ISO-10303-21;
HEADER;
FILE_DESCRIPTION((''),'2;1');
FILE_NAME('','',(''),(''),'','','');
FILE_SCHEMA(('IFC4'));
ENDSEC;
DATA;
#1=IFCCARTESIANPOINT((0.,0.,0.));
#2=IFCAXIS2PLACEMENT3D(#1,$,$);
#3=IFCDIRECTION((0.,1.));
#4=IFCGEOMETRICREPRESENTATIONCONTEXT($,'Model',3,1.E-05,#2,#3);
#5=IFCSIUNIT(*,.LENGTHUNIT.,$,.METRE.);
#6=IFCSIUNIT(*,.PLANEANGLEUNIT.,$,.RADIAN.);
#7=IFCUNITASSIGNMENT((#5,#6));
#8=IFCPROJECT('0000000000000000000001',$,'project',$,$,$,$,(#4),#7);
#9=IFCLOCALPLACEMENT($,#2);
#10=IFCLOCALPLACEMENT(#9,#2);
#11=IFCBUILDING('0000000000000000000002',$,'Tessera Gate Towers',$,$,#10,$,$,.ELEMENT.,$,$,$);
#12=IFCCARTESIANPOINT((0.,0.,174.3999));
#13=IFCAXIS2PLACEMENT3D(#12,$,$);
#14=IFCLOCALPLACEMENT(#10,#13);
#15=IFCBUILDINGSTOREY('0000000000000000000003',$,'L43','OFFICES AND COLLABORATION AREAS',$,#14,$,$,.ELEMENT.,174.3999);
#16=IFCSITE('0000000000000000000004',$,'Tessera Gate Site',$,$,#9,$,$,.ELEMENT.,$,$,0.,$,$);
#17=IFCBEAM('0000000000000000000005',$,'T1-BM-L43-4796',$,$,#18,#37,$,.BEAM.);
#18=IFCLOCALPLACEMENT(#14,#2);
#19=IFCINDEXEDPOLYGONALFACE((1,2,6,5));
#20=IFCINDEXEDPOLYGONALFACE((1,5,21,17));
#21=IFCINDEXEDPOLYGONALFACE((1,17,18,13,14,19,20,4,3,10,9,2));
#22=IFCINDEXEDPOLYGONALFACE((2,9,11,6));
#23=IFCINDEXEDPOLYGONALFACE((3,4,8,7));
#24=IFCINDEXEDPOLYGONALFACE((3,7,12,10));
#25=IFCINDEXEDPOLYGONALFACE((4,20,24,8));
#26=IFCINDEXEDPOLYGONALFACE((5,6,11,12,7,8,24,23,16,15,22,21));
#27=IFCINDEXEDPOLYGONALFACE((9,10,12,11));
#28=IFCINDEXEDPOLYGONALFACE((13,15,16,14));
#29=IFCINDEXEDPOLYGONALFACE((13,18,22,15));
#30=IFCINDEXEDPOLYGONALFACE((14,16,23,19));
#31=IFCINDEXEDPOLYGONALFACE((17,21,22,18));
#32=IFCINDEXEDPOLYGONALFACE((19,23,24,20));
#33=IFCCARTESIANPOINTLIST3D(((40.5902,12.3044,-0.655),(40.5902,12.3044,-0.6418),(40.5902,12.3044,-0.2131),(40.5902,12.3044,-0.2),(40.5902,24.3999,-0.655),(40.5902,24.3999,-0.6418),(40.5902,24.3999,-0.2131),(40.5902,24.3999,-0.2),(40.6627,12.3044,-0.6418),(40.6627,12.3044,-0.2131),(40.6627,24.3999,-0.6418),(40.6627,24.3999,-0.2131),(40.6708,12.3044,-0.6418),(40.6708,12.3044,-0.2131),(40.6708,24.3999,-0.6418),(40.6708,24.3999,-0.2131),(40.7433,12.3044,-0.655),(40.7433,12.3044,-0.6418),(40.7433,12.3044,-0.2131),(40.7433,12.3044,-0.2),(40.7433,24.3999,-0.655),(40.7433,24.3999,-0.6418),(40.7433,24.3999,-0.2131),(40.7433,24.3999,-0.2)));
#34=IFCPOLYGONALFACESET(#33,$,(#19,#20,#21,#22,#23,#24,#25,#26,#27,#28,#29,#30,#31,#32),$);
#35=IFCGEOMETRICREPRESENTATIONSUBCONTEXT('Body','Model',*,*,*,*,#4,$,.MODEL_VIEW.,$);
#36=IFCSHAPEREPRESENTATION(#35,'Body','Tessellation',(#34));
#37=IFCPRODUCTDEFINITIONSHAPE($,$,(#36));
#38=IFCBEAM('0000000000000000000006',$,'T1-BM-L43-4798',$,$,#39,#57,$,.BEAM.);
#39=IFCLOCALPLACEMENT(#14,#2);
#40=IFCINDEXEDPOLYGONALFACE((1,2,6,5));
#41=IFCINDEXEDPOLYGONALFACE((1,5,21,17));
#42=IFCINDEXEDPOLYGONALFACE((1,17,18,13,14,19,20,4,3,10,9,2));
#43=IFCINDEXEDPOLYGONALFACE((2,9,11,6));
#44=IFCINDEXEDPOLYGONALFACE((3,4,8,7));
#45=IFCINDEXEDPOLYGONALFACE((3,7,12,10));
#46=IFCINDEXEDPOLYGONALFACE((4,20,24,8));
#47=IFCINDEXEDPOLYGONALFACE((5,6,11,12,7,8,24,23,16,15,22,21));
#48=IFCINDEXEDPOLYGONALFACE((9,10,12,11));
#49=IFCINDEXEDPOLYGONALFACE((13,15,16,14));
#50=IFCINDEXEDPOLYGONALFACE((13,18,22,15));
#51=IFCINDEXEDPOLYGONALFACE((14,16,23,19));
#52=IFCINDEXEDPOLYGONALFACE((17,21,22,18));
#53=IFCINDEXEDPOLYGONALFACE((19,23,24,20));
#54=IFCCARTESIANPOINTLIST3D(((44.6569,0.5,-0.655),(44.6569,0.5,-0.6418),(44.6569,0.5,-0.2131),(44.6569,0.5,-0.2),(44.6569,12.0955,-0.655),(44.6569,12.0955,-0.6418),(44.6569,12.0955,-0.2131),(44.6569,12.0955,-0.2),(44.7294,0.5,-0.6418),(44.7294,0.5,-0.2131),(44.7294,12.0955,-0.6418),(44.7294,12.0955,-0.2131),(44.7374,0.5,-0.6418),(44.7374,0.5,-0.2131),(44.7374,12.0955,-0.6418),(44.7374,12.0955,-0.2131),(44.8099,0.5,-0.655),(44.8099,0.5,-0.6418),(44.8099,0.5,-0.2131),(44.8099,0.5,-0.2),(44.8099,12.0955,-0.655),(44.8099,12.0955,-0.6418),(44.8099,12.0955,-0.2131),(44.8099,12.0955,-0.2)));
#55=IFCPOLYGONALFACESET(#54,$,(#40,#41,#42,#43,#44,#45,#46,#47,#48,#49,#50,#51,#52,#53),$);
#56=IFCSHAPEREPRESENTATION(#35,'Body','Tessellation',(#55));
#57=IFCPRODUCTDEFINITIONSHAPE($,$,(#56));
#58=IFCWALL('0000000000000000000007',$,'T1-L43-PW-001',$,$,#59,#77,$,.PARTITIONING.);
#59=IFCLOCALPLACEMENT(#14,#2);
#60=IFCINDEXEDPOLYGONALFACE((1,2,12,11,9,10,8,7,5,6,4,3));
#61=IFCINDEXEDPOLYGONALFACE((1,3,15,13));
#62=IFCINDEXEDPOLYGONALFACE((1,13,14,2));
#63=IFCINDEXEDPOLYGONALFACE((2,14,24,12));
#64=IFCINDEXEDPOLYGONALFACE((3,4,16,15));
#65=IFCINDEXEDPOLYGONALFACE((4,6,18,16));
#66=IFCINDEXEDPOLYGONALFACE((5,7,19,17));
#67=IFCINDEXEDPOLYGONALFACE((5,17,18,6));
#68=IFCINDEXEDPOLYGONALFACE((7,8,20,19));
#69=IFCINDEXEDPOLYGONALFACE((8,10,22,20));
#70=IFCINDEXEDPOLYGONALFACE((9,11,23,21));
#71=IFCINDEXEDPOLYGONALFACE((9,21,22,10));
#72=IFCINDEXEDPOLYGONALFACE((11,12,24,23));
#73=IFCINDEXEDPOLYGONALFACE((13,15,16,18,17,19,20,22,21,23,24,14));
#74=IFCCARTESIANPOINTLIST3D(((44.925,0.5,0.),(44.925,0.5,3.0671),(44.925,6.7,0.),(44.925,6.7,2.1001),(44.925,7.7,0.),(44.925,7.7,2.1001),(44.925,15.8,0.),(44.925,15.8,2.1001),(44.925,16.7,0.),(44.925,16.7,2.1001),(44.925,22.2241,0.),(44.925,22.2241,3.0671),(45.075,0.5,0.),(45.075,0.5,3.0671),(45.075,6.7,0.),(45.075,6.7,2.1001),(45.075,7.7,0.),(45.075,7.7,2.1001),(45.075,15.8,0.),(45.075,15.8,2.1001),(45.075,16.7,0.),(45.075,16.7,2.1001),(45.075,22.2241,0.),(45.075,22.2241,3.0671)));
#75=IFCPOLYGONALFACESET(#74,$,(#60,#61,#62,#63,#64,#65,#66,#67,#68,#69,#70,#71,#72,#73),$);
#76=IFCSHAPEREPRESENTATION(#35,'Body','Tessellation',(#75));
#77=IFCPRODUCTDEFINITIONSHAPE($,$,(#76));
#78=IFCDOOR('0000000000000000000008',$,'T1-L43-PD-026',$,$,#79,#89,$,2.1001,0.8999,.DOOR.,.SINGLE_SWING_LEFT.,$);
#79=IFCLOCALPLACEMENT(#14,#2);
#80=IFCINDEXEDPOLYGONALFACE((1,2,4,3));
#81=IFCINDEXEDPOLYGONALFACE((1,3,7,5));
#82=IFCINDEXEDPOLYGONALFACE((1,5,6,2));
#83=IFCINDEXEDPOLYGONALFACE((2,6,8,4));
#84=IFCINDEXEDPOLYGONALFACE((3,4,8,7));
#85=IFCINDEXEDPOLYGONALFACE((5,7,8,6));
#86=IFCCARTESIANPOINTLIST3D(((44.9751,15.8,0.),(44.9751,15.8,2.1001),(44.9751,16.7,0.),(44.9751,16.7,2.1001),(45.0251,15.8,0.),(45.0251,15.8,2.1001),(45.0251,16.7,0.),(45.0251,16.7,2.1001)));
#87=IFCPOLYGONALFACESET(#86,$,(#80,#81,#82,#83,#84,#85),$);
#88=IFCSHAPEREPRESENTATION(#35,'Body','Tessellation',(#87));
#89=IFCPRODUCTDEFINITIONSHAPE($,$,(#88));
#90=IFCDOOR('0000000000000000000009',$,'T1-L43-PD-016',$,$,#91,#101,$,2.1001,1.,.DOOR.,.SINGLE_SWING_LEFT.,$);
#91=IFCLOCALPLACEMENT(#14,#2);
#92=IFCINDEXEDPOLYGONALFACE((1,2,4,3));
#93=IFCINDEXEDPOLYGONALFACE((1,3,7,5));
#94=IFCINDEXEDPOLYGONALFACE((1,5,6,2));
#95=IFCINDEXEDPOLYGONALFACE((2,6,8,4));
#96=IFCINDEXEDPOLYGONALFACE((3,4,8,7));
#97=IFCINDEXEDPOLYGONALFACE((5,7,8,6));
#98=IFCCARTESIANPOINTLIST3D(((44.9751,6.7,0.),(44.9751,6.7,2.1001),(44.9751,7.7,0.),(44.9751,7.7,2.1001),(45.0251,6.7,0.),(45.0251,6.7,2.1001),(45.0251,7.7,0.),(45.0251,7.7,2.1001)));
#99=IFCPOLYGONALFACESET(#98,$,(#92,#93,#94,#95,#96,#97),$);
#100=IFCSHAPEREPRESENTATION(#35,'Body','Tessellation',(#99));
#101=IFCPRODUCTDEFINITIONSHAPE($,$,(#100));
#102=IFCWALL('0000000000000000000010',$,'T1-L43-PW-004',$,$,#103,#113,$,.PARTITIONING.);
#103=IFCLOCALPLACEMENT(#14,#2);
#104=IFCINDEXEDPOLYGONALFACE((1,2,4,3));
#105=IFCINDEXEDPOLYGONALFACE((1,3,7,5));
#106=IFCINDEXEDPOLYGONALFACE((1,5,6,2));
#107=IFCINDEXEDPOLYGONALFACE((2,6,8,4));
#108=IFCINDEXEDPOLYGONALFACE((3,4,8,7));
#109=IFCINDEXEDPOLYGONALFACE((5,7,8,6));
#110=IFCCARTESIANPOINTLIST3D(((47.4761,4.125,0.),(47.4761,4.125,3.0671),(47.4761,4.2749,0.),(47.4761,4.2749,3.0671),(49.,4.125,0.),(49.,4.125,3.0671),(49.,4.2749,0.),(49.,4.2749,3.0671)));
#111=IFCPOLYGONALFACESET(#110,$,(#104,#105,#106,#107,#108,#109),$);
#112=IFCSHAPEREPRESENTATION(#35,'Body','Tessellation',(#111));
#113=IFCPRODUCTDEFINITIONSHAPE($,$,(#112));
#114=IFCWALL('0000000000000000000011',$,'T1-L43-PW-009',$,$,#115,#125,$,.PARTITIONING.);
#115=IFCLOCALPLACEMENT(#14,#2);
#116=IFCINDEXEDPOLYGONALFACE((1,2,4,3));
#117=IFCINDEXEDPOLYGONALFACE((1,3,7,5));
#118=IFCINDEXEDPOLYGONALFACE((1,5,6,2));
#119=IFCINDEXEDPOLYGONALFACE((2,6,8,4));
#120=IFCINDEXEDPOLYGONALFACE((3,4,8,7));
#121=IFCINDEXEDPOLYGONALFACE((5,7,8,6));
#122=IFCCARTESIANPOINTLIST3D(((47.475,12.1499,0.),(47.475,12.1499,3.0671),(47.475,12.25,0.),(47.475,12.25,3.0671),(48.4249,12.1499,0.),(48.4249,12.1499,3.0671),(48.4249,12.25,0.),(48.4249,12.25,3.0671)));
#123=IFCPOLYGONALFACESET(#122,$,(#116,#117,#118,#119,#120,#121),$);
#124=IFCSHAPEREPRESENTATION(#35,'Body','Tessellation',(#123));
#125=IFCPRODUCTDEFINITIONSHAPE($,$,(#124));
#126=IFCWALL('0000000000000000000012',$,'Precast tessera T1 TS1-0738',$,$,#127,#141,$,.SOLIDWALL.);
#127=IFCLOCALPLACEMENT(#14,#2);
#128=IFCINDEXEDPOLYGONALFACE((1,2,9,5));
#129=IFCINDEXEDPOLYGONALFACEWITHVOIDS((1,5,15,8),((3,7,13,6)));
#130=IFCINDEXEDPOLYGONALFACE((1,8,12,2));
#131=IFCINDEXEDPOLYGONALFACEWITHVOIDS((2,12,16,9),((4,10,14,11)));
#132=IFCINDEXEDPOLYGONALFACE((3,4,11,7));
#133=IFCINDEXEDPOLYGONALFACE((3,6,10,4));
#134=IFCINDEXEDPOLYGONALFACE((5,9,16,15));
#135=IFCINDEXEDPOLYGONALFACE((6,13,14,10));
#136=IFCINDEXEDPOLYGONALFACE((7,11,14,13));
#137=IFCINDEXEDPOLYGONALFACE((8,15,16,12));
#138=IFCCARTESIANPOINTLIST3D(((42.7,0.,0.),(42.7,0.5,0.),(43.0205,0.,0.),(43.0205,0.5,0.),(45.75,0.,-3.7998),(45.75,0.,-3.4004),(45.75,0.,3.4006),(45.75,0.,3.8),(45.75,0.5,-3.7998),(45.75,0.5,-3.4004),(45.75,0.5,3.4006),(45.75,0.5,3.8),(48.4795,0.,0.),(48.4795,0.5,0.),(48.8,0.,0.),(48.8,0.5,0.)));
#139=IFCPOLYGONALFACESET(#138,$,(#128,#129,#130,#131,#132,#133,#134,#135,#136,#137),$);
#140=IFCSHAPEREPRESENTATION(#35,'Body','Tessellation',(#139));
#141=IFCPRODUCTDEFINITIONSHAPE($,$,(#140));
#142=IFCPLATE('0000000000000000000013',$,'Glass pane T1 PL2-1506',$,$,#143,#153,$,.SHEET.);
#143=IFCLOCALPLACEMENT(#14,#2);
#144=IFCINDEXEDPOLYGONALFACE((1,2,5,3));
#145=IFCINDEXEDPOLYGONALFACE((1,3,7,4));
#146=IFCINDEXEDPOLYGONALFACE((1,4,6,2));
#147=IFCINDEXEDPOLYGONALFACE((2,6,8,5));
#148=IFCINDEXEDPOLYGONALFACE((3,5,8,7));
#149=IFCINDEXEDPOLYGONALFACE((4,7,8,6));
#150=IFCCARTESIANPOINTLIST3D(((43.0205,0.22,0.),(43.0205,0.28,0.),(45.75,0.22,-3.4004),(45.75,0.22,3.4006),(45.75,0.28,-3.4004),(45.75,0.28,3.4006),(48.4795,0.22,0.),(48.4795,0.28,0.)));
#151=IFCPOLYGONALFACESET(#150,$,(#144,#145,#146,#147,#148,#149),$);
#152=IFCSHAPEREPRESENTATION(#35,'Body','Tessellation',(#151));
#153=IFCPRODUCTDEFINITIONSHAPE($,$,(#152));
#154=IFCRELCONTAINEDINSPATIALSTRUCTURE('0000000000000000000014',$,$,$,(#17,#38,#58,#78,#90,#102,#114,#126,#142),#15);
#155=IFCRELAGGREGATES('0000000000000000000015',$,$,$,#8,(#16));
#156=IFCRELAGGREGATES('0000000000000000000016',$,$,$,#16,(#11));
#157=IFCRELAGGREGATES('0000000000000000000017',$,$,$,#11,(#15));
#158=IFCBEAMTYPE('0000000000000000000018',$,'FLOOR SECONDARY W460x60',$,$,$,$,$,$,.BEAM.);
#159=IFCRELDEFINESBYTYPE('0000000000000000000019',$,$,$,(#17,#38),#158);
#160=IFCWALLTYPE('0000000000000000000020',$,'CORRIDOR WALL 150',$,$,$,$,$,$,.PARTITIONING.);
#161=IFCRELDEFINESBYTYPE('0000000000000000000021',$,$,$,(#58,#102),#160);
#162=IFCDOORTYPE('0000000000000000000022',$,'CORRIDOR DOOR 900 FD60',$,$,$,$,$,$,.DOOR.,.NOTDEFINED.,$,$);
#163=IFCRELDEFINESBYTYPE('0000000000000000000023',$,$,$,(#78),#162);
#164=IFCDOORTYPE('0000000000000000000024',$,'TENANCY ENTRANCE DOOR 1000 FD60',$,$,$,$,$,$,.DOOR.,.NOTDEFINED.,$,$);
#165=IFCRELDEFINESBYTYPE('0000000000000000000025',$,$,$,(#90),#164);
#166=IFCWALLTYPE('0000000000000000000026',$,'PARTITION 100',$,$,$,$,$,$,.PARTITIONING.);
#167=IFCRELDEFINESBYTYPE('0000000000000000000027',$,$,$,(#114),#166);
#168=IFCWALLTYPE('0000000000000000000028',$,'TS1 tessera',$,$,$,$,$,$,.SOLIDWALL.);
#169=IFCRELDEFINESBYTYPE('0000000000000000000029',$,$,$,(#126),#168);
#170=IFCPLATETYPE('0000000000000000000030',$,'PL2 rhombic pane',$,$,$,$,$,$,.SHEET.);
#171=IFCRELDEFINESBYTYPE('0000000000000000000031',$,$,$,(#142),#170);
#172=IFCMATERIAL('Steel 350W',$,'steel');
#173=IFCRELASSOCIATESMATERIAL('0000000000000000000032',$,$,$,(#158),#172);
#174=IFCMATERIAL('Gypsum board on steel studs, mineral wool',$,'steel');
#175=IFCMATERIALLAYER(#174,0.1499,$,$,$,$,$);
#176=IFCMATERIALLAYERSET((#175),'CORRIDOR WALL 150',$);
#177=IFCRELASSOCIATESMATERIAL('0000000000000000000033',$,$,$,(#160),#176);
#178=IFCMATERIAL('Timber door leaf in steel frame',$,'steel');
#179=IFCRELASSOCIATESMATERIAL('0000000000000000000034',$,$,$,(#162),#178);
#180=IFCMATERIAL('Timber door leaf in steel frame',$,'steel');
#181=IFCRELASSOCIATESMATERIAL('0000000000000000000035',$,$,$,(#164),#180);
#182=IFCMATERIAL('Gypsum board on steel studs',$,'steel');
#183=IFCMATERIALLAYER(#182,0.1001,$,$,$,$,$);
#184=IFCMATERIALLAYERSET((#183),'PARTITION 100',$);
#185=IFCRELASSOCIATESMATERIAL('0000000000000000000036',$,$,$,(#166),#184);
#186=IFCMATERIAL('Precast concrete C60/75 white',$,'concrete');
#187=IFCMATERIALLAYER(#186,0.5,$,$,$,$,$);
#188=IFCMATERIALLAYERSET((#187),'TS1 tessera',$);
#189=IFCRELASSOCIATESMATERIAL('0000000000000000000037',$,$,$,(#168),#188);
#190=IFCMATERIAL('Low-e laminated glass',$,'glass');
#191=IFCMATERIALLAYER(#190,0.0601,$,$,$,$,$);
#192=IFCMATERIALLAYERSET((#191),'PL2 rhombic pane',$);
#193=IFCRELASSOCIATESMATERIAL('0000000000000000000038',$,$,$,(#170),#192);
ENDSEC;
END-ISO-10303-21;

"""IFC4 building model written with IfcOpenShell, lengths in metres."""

from ifc_helpers import new_model, si_unit, direction, frame, frame_2d, origin, origin_2d, place, context, subcontext, project, spatial, polyline, rectangle, i_section, outline, extrude, source, transform, mapped, material, layer, layer_set, material_profile, profile_set, type_object, element, fill, save


model = new_model("IFC4")

# Units and contexts
model_context = context("Model", 3, precision=1e-05, world=origin(), true_north=direction((0.0, 1.0)))
body_context = subcontext(model_context, "Body", "Model", "MODEL_VIEW")
ifc_project = project(units=[si_unit("LENGTHUNIT", "METRE"), si_unit("PLANEANGLEUNIT", "RADIAN")], contexts=[model_context])

# Site, building, storey
site_placement = place(None, origin())
site = spatial("IfcSite", under=ifc_project, at=site_placement, Name="Tessera Gate Site", CompositionType="ELEMENT", RefElevation=0.0)
building_placement = place(site_placement, origin())
building = spatial("IfcBuilding", under=site, at=building_placement, Name="Tessera Gate Towers", CompositionType="ELEMENT")
storey_placement = place(building_placement, frame((0.0, 0.0, 174.3999)))
storey = spatial("IfcBuildingStorey", under=building, at=storey_placement, Name="L43", Description="OFFICES AND COLLABORATION AREAS", CompositionType="ELEMENT", Elevation=174.3999)

# Beams
ifc_material_1 = material(Name="Steel 350W", Category="steel")
ifc_material_profile_1 = material_profile(ifc_material_1, i_section(OverallWidth=0.1531, OverallDepth=0.4551, WebThickness=0.0081, FlangeThickness=0.0132, at=origin_2d()), Name="W460x60")
ifc_profile_set_1 = profile_set([ifc_material_profile_1], Name="Steel 350W")
beam_type_1 = type_object("IfcBeamType", Name="FLOOR SECONDARY W460x60", PredefinedType="BEAM", material=ifc_profile_set_1)
beam_1_placement = place(storey_placement, frame((40.6667, 12.3044, -0.4275), z_axis=(0.0, 1.0, 0.0), x_axis=(-1.0, 0.0, 0.0)))
element("IfcBeam", 1, at=beam_1_placement, inside=storey, type_object=beam_type_1, Name="T1-BM-L43-4796", PredefinedType="BEAM", context=body_context, shape_type="SweptSolid", body=[
    extrude(i_section(OverallWidth=0.1531, OverallDepth=0.4551, WebThickness=0.0081, FlangeThickness=0.0132, at=origin_2d()), origin(), (0.0, 0.0, 1.0), 12.0955),
])
beam_2_placement = place(storey_placement, frame((44.7334, 0.5, -0.4275), z_axis=(0.0, 1.0, 0.0), x_axis=(-1.0, 0.0, 0.0)))
element("IfcBeam", 2, at=beam_2_placement, inside=storey, type_object=beam_type_1, Name="T1-BM-L43-4798", PredefinedType="BEAM", context=body_context, shape_type="SweptSolid", body=[
    extrude(i_section(OverallWidth=0.1531, OverallDepth=0.4551, WebThickness=0.0081, FlangeThickness=0.0132, at=origin_2d()), origin(), (0.0, 0.0, 1.0), 11.5955),
])

# Wall, openings, doors
ifc_material_2 = material(Name="Gypsum board on steel studs, mineral wool", Category="steel")
ifc_layer_1 = layer(ifc_material_2, 0.1499)
ifc_layer_set_1 = layer_set([ifc_layer_1], Name="CORRIDOR WALL 150")
wall_type_1 = type_object("IfcWallType", Name="CORRIDOR WALL 150", PredefinedType="PARTITIONING", material=ifc_layer_set_1)
wall_1_placement = place(storey_placement, frame((45.0, 0.5, 0.0), z_axis=(0.0, 0.0, 1.0), x_axis=(0.0, 1.0, 0.0)))
wall_1 = element("IfcWall", 3, at=wall_1_placement, inside=storey, type_object=wall_type_1, Name="T1-L43-PW-001", PredefinedType="PARTITIONING", context=body_context, shape_type="SweptSolid", body=[
    extrude(rectangle(XDim=21.7241, YDim=0.1499, at=frame_2d((10.8621, 0.0))), origin(), (0.0, 0.0, 1.0), 3.0671),
])
shared_shape_1 = source(origin(), body_context, "Body", "SweptSolid", [
    extrude(rectangle(XDim=1.0, YDim=2.1001, at=frame_2d((0.5, 1.05))), frame((0.0, 0.085, 0.0), z_axis=(0.0, -1.0, 0.0), x_axis=(1.0, 0.0, 0.0)), (0.0, 0.0, 1.0), 0.1699),
])
opening_1_placement = place(wall_1_placement, frame((6.2, 0.0, 0.0)))
opening_1 = element("IfcOpeningElement", 4, at=opening_1_placement, cuts=wall_1, PredefinedType="OPENING", context=body_context, shape_type="MappedRepresentation", body=[
    mapped(shared_shape_1, transform((0.0, 0.0, 0.0), scale=1.0)),
])
shared_shape_2 = source(origin(), body_context, "Body", "SweptSolid", [
    extrude(rectangle(XDim=0.8999, YDim=2.1001, at=frame_2d((0.45, 1.05))), frame((0.0, 0.085, 0.0), z_axis=(0.0, -1.0, 0.0), x_axis=(1.0, 0.0, 0.0)), (0.0, 0.0, 1.0), 0.1699),
])
opening_2_placement = place(wall_1_placement, frame((15.3, 0.0, 0.0)))
opening_2 = element("IfcOpeningElement", 5, at=opening_2_placement, cuts=wall_1, PredefinedType="OPENING", context=body_context, shape_type="MappedRepresentation", body=[
    mapped(shared_shape_2, transform((0.0, 0.0, 0.0), scale=1.0)),
])
ifc_material_3 = material(Name="Timber door leaf in steel frame", Category="steel")
door_type_1 = type_object("IfcDoorType", Name="CORRIDOR DOOR 900 FD60", OperationType="NOTDEFINED", PredefinedType="DOOR", material=ifc_material_3)
shared_shape_3 = source(origin(), body_context, "Body", "SweptSolid", [
    extrude(rectangle(XDim=0.8999, YDim=2.1001, at=frame_2d((0.45, 1.05))), frame((0.0, 0.0249, 0.0), z_axis=(0.0, -1.0, 0.0), x_axis=(1.0, 0.0, 0.0)), (0.0, 0.0, 1.0), 0.05),
])
door_1_placement = place(opening_2_placement, origin())
door_1 = element("IfcDoor", 6, at=door_1_placement, inside=storey, type_object=door_type_1, Name="T1-L43-PD-026", OperationType="SINGLE_SWING_LEFT", OverallHeight=2.1001, OverallWidth=0.8999, PredefinedType="DOOR", context=body_context, shape_type="MappedRepresentation", body=[
    mapped(shared_shape_3, transform((0.0, 0.0, 0.0), scale=1.0)),
])
fill(opening_2, door_1)
ifc_material_4 = material(Name="Timber door leaf in steel frame", Category="steel")
door_type_2 = type_object("IfcDoorType", Name="TENANCY ENTRANCE DOOR 1000 FD60", OperationType="NOTDEFINED", PredefinedType="DOOR", material=ifc_material_4)
shared_shape_4 = source(origin(), body_context, "Body", "SweptSolid", [
    extrude(rectangle(XDim=1.0, YDim=2.1001, at=frame_2d((0.5, 1.05))), frame((0.0, 0.0249, 0.0), z_axis=(0.0, -1.0, 0.0), x_axis=(1.0, 0.0, 0.0)), (0.0, 0.0, 1.0), 0.05),
])
door_2_placement = place(opening_1_placement, origin())
door_2 = element("IfcDoor", 7, at=door_2_placement, inside=storey, type_object=door_type_2, Name="T1-L43-PD-016", OperationType="SINGLE_SWING_LEFT", OverallHeight=2.1001, OverallWidth=1.0, PredefinedType="DOOR", context=body_context, shape_type="MappedRepresentation", body=[
    mapped(shared_shape_4, transform((0.0, 0.0, 0.0), scale=1.0)),
])
fill(opening_1, door_2)

# Walls
wall_2_placement = place(storey_placement, frame((47.4761, 4.2, 0.0), z_axis=(0.0, 0.0, 1.0), x_axis=(1.0, 0.0, 0.0)))
element("IfcWall", 8, at=wall_2_placement, inside=storey, type_object=wall_type_1, Name="T1-L43-PW-004", PredefinedType="PARTITIONING", context=body_context, shape_type="SweptSolid", body=[
    extrude(rectangle(XDim=1.5239, YDim=0.1499, at=frame_2d((0.762, 0.0))), origin(), (0.0, 0.0, 1.0), 3.0671),
])
ifc_material_5 = material(Name="Gypsum board on steel studs", Category="steel")
ifc_layer_2 = layer(ifc_material_5, 0.1001)
ifc_layer_set_2 = layer_set([ifc_layer_2], Name="PARTITION 100")
wall_type_2 = type_object("IfcWallType", Name="PARTITION 100", PredefinedType="PARTITIONING", material=ifc_layer_set_2)
wall_3_placement = place(storey_placement, frame((48.425, 12.2, 0.0), z_axis=(0.0, 0.0, 1.0), x_axis=(-1.0, 0.0, 0.0)))
element("IfcWall", 9, at=wall_3_placement, inside=storey, type_object=wall_type_2, Name="T1-L43-PW-009", PredefinedType="PARTITIONING", context=body_context, shape_type="SweptSolid", body=[
    extrude(rectangle(XDim=0.95, YDim=0.1001, at=frame_2d((0.4751, 0.0))), origin(), (0.0, 0.0, 1.0), 3.0671),
])

# Wall, opening, plate
ifc_material_6 = material(Name="Precast concrete C60/75 white", Category="concrete")
ifc_layer_3 = layer(ifc_material_6, 0.5)
ifc_layer_set_3 = layer_set([ifc_layer_3], Name="TS1 tessera")
wall_type_3 = type_object("IfcWallType", Name="TS1 tessera", PredefinedType="SOLIDWALL", material=ifc_layer_set_3)
shared_shape_5 = source(origin(), body_context, "Body", "SweptSolid", [
    extrude(outline(polyline([(3.05, 0.0), (6.1001, 3.7998), (3.05, 7.5999), (0.0, 3.7998), (3.05, 0.0)])), frame((0.0, 0.25, 0.0), z_axis=(0.0, -1.0, 0.0), x_axis=(1.0, 0.0, 0.0)), (0.0, 0.0, 1.0), 0.5),
])
wall_4_placement = place(storey_placement, frame((42.7, 0.25, -3.7998), z_axis=(0.0, 0.0, 1.0), x_axis=(1.0, 0.0, 0.0)))
wall_4 = element("IfcWall", 10, at=wall_4_placement, inside=storey, type_object=wall_type_3, Name="Precast tessera T1 TS1-0738", PredefinedType="SOLIDWALL", context=body_context, shape_type="MappedRepresentation", body=[
    mapped(shared_shape_5, transform((0.0, 0.0, 0.0), scale=1.0)),
])
shared_shape_6 = source(origin(), body_context, "Body", "SweptSolid", [
    extrude(outline(polyline([(3.05, 0.3994), (5.7795, 3.7998), (3.05, 7.2004), (0.3206, 3.7998), (3.05, 0.3994)])), frame((0.0, 0.26, 0.0), z_axis=(0.0, -1.0, 0.0), x_axis=(1.0, 0.0, 0.0)), (0.0, 0.0, 1.0), 0.52),
])
opening_3_placement = place(wall_4_placement, origin())
opening_3 = element("IfcOpeningElement", 11, at=opening_3_placement, cuts=wall_4, PredefinedType="OPENING", context=body_context, shape_type="MappedRepresentation", body=[
    mapped(shared_shape_6, transform((0.0, 0.0, 0.0), scale=1.0)),
])
ifc_material_7 = material(Name="Low-e laminated glass", Category="glass")
ifc_layer_4 = layer(ifc_material_7, 0.0601)
ifc_layer_set_4 = layer_set([ifc_layer_4], Name="PL2 rhombic pane")
plate_type = type_object("IfcPlateType", Name="PL2 rhombic pane", PredefinedType="SHEET", material=ifc_layer_set_4)
shared_shape_7 = source(origin(), body_context, "Body", "SweptSolid", [
    extrude(outline(polyline([(3.05, 0.3994), (5.7795, 3.7998), (3.05, 7.2004), (0.3206, 3.7998), (3.05, 0.3994)])), frame((0.0, 0.03, 0.0), z_axis=(0.0, -1.0, 0.0), x_axis=(1.0, 0.0, 0.0)), (0.0, 0.0, 1.0), 0.0601),
])
plate_placement = place(opening_3_placement, origin())
plate = element("IfcPlate", 12, at=plate_placement, inside=storey, type_object=plate_type, Name="Glass pane T1 PL2-1506", PredefinedType="SHEET", context=body_context, shape_type="MappedRepresentation", body=[
    mapped(shared_shape_7, transform((0.0, 0.0, 0.0), scale=1.0)),
])
fill(opening_3, plate)

save(model, "model.ifc")
